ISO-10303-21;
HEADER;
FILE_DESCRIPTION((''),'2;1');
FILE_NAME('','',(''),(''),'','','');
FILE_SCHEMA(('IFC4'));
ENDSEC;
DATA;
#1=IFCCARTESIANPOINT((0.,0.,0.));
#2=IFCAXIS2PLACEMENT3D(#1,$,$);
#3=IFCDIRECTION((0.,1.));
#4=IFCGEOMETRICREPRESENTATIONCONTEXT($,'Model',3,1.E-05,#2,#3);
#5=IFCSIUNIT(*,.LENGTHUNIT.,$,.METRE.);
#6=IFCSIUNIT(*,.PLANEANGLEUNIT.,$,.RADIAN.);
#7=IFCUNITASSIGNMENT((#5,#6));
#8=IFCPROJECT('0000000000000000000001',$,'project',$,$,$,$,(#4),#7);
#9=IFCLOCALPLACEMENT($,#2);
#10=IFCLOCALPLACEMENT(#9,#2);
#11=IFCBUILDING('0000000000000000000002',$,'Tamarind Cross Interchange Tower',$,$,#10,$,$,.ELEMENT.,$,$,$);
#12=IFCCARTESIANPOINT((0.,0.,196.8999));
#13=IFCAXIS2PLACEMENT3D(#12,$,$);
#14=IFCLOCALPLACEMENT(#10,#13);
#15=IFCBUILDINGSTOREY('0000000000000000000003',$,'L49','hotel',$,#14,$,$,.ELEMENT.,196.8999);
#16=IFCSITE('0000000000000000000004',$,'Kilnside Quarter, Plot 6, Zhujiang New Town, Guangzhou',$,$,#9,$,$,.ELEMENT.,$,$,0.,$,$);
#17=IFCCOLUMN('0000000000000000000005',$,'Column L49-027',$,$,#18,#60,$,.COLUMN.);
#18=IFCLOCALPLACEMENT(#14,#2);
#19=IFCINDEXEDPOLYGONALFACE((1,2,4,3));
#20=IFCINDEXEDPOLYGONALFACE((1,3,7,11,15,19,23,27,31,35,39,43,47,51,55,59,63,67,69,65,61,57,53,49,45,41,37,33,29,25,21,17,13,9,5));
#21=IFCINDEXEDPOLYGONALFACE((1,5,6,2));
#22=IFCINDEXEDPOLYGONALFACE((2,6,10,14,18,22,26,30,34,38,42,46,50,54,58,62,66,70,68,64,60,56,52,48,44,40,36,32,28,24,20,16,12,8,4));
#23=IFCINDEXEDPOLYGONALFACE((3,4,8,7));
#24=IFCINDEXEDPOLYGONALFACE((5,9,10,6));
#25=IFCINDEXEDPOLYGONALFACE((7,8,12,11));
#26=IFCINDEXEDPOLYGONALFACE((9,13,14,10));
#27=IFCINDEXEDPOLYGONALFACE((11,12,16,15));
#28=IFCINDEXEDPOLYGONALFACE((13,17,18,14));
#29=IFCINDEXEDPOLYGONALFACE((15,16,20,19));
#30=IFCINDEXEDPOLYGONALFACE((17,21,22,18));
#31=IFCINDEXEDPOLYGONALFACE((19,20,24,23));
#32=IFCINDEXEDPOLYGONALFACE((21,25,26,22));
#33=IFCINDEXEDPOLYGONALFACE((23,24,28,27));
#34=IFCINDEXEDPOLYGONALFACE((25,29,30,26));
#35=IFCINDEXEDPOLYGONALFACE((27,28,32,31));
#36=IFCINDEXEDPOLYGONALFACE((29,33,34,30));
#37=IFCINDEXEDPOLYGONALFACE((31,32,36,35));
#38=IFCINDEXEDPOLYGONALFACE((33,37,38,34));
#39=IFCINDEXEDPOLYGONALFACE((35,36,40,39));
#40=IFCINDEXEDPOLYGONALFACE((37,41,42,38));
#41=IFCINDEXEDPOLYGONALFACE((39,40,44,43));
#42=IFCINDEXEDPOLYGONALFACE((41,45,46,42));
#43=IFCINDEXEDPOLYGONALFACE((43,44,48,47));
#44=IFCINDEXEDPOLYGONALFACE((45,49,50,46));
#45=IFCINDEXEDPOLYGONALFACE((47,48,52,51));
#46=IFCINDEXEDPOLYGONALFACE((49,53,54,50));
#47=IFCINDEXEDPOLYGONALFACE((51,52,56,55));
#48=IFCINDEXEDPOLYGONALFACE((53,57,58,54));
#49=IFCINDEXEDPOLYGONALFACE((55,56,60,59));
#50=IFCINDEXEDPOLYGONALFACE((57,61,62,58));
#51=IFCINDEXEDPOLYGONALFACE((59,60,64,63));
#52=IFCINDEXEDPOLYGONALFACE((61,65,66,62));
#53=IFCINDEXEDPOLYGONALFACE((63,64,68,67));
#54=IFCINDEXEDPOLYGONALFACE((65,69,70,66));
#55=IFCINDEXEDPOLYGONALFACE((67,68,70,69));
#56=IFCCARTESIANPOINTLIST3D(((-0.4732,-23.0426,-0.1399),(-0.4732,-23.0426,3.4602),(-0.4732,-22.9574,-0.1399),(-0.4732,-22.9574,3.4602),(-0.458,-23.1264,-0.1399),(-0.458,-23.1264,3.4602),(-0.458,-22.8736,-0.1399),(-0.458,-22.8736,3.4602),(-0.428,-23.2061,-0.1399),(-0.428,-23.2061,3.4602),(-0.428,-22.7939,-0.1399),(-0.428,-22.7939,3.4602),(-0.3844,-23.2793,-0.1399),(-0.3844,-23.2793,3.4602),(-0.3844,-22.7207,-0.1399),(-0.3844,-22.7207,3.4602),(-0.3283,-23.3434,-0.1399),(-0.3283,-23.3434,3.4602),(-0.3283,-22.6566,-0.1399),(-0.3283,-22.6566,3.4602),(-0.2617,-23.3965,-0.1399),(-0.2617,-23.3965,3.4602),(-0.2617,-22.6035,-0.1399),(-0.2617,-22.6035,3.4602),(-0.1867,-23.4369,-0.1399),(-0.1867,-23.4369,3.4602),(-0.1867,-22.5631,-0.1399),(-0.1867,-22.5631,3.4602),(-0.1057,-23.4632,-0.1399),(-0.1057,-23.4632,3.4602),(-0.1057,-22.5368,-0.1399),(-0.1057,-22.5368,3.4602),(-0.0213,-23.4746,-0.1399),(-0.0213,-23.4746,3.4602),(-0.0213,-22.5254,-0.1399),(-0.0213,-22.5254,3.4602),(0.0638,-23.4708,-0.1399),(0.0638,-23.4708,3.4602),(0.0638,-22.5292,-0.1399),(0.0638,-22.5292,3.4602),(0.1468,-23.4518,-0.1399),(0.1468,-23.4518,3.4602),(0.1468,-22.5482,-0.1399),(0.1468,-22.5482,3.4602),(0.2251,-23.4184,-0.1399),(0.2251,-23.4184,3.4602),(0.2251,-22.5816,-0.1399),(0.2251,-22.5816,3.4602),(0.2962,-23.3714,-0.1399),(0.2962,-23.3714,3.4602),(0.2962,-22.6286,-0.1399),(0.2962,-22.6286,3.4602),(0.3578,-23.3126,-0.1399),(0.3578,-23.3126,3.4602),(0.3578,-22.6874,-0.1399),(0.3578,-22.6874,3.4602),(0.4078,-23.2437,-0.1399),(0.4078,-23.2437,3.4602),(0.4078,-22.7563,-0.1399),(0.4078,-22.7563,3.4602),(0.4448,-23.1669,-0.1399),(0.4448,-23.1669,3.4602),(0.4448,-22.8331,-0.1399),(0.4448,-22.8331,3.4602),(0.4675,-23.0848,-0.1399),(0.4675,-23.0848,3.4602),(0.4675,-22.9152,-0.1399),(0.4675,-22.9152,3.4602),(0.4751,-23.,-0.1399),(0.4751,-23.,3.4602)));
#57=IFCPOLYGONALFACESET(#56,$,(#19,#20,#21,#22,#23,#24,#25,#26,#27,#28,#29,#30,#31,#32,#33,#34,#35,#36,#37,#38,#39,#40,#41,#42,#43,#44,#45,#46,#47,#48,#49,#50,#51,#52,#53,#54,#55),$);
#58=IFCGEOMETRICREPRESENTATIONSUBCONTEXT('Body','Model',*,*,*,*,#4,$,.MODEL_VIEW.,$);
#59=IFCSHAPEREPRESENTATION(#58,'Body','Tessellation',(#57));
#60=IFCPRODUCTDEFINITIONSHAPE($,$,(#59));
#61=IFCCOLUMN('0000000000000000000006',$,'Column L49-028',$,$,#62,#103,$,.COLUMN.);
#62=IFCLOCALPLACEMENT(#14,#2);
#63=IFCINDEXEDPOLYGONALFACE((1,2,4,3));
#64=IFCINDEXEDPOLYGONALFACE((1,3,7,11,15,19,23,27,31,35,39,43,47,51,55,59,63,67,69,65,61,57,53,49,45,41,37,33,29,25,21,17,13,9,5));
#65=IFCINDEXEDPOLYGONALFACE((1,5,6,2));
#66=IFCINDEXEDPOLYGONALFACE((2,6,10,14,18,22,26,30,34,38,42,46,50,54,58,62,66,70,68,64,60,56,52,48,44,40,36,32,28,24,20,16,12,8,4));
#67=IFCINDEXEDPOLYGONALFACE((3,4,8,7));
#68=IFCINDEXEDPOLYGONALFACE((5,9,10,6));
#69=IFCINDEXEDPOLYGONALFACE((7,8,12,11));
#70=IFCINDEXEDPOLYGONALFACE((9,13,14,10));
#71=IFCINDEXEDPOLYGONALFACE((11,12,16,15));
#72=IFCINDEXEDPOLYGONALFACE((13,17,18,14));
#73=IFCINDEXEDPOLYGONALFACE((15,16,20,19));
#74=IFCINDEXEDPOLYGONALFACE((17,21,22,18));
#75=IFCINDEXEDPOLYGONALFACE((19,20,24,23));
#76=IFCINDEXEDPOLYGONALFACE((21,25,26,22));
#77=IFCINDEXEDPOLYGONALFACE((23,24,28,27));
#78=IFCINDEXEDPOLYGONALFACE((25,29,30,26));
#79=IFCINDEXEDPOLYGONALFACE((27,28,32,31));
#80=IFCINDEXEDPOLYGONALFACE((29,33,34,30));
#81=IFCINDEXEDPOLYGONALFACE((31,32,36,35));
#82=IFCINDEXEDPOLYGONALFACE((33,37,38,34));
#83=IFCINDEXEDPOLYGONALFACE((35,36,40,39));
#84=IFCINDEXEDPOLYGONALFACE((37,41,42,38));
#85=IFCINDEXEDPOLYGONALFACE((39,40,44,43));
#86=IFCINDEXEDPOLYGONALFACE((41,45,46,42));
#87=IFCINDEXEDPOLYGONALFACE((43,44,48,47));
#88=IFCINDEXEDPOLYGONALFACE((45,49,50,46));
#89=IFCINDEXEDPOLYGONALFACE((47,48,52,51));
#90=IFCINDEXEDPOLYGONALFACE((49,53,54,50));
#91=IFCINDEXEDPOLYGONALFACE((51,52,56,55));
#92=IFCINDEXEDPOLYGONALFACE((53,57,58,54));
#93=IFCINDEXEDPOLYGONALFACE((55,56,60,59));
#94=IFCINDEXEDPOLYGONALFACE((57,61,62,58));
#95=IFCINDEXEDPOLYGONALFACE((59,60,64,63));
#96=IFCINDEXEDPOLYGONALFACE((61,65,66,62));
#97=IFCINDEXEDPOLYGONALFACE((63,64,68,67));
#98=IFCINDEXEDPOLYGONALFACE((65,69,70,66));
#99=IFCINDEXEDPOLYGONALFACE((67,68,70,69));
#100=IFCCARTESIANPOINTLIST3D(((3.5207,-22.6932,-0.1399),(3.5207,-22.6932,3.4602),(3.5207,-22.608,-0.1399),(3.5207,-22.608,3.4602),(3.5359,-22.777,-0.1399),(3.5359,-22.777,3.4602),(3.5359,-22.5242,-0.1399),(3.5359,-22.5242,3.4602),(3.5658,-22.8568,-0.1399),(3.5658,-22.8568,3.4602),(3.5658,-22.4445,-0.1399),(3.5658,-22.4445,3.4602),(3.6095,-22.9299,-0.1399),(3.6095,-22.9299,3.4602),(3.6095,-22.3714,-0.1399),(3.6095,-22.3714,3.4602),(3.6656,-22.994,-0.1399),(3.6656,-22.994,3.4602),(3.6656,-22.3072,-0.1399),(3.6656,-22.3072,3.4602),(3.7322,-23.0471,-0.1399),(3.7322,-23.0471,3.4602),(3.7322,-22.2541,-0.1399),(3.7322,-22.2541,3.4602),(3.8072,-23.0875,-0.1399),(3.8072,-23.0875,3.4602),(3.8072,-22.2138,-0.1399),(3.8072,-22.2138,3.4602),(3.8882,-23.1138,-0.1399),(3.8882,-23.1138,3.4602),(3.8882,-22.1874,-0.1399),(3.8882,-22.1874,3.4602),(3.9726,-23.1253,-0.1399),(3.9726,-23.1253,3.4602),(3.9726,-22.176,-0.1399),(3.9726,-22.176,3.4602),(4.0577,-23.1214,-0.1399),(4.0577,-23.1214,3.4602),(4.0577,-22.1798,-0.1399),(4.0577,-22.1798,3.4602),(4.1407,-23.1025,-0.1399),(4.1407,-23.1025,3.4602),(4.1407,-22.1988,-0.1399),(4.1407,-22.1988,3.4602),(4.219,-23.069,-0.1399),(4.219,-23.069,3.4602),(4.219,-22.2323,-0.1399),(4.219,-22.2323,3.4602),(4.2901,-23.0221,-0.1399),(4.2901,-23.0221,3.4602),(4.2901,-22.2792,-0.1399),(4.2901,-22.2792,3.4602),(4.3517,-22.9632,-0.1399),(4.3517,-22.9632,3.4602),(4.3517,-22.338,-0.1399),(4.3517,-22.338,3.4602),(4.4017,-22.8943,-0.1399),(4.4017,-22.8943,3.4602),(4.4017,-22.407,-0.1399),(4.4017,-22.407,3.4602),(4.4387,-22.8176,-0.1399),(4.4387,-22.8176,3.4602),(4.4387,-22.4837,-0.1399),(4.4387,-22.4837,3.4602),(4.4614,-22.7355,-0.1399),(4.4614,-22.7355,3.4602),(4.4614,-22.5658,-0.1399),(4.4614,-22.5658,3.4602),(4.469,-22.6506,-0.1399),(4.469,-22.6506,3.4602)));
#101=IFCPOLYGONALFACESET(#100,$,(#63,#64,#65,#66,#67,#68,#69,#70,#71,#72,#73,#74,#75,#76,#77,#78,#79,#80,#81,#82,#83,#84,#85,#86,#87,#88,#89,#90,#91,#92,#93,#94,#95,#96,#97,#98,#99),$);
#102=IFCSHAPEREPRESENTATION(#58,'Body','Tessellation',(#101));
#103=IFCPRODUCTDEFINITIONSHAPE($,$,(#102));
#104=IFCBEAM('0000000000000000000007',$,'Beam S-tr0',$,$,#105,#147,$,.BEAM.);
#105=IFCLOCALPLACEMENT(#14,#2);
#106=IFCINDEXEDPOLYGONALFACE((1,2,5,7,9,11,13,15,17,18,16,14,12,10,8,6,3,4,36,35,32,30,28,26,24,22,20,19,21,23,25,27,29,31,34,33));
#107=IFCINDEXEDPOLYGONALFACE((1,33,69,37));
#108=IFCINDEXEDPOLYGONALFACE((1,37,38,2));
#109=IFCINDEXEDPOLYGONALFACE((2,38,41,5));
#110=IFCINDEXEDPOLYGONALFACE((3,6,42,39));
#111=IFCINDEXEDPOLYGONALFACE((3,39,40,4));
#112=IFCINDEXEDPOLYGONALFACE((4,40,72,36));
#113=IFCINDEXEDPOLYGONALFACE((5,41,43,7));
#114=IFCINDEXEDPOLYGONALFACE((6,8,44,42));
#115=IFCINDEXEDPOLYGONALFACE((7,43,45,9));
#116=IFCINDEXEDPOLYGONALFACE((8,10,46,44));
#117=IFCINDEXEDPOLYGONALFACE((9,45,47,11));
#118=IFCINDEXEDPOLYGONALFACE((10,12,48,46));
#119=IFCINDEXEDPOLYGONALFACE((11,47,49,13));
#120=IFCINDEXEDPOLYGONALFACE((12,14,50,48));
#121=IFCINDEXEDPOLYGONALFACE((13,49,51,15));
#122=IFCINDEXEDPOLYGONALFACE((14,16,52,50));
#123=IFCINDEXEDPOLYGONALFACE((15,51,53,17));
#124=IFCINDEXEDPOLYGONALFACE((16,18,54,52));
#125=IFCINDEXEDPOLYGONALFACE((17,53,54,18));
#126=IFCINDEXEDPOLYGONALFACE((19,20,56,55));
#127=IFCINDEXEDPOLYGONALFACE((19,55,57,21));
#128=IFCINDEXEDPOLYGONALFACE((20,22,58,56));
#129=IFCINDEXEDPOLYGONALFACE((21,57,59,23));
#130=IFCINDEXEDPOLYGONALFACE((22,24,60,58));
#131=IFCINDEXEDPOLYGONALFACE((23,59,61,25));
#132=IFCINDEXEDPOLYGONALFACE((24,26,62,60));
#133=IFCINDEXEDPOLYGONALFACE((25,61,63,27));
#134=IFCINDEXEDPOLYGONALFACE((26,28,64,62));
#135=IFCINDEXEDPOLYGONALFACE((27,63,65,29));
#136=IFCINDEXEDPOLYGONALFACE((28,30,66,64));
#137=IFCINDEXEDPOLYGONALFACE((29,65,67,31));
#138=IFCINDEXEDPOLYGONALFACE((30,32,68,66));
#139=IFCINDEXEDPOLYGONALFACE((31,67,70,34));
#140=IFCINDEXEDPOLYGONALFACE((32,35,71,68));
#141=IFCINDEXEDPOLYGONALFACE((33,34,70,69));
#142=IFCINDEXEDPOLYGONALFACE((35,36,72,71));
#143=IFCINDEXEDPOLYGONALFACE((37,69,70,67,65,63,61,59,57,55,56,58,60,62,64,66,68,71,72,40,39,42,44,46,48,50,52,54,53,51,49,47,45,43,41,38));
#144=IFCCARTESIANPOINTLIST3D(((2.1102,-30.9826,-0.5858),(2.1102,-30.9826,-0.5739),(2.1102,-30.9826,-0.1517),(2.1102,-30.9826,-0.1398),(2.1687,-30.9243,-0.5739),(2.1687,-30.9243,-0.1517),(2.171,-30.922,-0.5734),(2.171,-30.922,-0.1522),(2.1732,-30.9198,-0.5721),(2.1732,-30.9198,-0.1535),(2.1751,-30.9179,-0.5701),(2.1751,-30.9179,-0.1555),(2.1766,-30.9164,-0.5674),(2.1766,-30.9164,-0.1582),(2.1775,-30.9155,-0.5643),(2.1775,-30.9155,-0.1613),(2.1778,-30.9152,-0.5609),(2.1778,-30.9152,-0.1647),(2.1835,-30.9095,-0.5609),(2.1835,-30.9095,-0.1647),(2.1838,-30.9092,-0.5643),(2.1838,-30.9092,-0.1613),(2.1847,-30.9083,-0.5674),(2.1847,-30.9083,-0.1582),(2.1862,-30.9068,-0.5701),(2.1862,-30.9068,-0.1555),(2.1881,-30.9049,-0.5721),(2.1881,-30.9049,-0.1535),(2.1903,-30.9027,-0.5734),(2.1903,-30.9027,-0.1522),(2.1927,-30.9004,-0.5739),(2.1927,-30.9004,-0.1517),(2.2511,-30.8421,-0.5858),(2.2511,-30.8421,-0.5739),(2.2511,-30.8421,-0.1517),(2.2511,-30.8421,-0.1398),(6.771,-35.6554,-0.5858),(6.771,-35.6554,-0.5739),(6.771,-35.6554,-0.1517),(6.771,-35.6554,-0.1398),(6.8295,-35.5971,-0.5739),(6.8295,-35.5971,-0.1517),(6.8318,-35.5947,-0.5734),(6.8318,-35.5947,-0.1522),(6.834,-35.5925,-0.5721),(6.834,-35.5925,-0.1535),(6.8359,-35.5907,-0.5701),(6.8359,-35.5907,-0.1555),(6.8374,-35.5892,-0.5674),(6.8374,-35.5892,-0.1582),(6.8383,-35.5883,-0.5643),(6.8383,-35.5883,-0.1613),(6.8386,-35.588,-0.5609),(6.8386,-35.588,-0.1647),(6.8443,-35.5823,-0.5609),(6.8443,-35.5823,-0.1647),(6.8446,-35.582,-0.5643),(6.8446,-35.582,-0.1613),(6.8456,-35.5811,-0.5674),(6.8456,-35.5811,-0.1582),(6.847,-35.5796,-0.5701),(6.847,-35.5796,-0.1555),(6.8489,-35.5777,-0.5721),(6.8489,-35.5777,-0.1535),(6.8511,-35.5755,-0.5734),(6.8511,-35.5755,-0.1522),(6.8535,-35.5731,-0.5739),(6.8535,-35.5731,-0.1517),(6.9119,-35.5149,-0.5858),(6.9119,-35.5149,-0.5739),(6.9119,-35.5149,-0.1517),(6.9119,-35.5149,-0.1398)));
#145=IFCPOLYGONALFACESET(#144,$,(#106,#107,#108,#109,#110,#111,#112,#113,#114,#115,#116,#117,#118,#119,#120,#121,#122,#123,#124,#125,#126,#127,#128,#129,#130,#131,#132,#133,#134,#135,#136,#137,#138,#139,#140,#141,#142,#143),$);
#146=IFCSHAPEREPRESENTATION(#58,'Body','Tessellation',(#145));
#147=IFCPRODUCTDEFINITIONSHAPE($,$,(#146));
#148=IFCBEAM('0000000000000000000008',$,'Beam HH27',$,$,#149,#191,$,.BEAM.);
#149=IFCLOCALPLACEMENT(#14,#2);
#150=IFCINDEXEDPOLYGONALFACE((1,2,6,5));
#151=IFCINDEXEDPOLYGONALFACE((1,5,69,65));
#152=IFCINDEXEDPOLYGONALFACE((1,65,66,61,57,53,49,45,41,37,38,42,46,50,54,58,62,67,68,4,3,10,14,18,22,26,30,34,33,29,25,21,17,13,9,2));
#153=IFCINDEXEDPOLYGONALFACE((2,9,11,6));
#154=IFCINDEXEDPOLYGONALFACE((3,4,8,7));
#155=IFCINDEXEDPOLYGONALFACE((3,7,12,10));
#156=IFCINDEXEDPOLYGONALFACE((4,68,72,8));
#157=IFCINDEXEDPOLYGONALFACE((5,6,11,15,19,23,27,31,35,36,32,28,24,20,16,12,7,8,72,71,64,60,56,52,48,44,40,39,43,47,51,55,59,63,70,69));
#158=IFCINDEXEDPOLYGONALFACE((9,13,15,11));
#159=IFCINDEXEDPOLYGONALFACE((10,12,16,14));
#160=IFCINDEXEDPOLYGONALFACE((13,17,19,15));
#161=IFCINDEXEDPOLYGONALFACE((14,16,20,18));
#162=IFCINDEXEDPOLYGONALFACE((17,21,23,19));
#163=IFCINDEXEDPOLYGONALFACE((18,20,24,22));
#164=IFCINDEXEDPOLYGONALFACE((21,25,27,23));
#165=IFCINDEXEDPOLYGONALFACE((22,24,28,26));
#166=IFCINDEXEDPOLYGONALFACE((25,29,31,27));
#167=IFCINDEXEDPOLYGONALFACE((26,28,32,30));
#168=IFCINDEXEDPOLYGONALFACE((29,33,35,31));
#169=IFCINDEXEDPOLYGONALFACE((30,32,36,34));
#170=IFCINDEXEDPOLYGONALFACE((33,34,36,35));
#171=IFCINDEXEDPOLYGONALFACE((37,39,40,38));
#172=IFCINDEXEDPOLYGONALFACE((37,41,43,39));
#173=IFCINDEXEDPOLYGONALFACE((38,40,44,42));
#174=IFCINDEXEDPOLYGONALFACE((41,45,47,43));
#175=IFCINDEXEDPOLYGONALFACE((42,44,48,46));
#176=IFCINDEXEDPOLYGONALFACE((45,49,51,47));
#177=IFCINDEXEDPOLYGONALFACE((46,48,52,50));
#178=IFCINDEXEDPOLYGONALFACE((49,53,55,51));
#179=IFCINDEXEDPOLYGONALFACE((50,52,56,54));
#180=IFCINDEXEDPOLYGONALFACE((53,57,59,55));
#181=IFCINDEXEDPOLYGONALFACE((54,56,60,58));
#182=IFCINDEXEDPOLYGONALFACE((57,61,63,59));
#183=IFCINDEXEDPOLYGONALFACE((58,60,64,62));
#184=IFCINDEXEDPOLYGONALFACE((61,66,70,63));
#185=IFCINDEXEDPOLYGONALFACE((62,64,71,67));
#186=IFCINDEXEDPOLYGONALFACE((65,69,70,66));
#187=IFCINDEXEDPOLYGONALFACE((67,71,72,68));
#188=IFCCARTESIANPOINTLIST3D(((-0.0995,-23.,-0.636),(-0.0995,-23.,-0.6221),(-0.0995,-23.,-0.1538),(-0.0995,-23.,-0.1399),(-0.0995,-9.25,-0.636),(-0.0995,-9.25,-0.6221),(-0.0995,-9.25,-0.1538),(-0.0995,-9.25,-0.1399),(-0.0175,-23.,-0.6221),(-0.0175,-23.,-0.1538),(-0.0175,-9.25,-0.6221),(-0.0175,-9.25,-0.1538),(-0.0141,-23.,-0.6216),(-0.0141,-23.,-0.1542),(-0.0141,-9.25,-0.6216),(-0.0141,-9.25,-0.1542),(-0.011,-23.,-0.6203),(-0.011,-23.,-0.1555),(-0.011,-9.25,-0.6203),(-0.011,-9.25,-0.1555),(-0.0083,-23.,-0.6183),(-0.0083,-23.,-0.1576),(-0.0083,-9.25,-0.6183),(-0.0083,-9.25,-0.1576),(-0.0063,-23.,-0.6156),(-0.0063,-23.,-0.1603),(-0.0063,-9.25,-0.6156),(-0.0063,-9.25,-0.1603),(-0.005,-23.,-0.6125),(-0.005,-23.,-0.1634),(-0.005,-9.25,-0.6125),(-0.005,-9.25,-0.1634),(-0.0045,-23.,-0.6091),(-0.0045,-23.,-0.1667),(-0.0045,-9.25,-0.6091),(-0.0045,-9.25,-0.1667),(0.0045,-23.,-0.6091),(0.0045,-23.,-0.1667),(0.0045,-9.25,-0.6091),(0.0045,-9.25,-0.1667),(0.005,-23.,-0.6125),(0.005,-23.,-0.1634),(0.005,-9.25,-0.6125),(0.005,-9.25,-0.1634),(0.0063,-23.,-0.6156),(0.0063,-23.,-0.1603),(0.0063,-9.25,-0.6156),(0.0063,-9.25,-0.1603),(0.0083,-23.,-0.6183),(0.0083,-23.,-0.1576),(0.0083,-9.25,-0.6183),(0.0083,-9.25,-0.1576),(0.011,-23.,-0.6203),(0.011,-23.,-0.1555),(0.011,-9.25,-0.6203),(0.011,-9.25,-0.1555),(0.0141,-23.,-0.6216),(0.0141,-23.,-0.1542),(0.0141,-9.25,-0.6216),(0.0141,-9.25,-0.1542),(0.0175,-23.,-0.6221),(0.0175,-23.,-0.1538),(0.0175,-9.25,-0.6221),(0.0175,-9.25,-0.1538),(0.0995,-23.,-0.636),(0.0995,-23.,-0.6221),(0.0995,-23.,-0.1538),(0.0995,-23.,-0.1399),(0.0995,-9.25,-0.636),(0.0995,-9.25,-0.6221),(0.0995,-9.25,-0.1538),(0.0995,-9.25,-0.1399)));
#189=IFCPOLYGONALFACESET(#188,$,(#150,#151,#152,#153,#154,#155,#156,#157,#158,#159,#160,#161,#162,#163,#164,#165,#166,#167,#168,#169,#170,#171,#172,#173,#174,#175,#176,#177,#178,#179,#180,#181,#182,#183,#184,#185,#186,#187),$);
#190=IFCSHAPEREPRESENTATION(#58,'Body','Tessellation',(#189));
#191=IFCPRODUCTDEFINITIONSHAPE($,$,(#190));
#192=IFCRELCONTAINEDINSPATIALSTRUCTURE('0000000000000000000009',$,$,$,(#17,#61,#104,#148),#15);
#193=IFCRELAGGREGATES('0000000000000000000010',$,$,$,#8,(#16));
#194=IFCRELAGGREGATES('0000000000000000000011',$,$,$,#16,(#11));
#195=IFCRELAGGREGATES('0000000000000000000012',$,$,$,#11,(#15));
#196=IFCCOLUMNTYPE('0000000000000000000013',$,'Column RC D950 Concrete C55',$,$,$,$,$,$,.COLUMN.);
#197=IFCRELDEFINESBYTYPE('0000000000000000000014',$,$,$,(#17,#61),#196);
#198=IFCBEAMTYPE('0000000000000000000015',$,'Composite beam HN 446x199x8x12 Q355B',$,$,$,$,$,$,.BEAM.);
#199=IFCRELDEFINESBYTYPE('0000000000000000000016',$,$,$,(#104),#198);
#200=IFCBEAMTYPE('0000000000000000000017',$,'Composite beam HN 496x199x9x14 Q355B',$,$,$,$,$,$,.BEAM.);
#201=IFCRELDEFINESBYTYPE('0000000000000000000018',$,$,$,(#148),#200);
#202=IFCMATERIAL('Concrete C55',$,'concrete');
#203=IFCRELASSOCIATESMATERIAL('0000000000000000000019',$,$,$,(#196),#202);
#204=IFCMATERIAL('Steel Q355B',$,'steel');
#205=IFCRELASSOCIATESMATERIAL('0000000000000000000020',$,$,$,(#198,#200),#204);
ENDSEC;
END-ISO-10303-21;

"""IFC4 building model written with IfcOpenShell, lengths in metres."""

from ifc_helpers import new_model, si_unit, direction, frame, origin, origin_2d, place, context, subcontext, project, spatial, circle, i_section, extrude, material, material_profile, profile_set, type_object, element, save


model = new_model("IFC4")

# Units and contexts
model_context = context("Model", 3, precision=1e-05, world=origin(), true_north=direction((0.0, 1.0)))
body_context = subcontext(model_context, "Body", "Model", "MODEL_VIEW")
ifc_project = project(units=[si_unit("LENGTHUNIT", "METRE"), si_unit("PLANEANGLEUNIT", "RADIAN")], contexts=[model_context])

# Site, building, storey
site_placement = place(None, origin())
site = spatial("IfcSite", under=ifc_project, at=site_placement, Name="Kilnside Quarter, Plot 6, Zhujiang New Town, Guangzhou", CompositionType="ELEMENT", RefElevation=0.0)
building_placement = place(site_placement, origin())
building = spatial("IfcBuilding", under=site, at=building_placement, Name="Tamarind Cross Interchange Tower", CompositionType="ELEMENT")
storey_placement = place(building_placement, frame((0.0, 0.0, 196.8999)))
storey = spatial("IfcBuildingStorey", under=building, at=storey_placement, Name="L49", Description="hotel", CompositionType="ELEMENT", Elevation=196.8999)

# Columns
ifc_material_1 = material(Name="Concrete C55", Category="concrete")
ifc_material_profile_1 = material_profile(ifc_material_1, circle(Radius=0.4751, at=origin_2d()), Name="RC D950")
ifc_profile_set_1 = profile_set([ifc_material_profile_1], Name="Concrete C55")
column_type = type_object("IfcColumnType", Name="Column RC D950 Concrete C55", PredefinedType="COLUMN", material=ifc_profile_set_1)
for number, where, z_axis, x_axis, name in (
    (1, (0.0, -23.0, -0.1399), (0.0, 0.0, 1.0), (1.0, 0.0, 0.0), "Column L49-027"),
    (2, (3.9939, -22.6506, -0.1399), (0.0, 0.0, 1.0), (1.0, 0.0, 0.0), "Column L49-028"),
):
    element("IfcColumn", number, at=place(storey_placement, frame(where, z_axis=z_axis, x_axis=x_axis)), inside=storey, type_object=column_type, Name=name, PredefinedType="COLUMN", context=body_context, shape_type="SweptSolid", body=[
        extrude(circle(Radius=0.4751, at=origin_2d()), origin(), (0.0, 0.0, 1.0), 3.6001),
    ])

# Beams
ifc_material_2 = material(Name="Steel Q355B", Category="steel")
ifc_material_profile_2 = material_profile(ifc_material_2, i_section(OverallWidth=0.199, OverallDepth=0.446, WebThickness=0.0081, FlangeThickness=0.012, FilletRadius=0.0129, at=origin_2d()), Name="HN 446x199x8x12")
ifc_profile_set_2 = profile_set([ifc_material_profile_2], Name="Steel Q355B")
beam_type_1 = type_object("IfcBeamType", Name="Composite beam HN 446x199x8x12 Q355B", PredefinedType="BEAM", material=ifc_profile_set_2)
beam_1_placement = place(storey_placement, frame((2.1807, -30.9124, -0.3628), z_axis=(0.7062, -0.708012, 0.0), x_axis=(0.708012, 0.7062, 0.0)))
element("IfcBeam", 3, at=beam_1_placement, inside=storey, type_object=beam_type_1, Name="Beam S-tr0", PredefinedType="BEAM", context=body_context, shape_type="SweptSolid", body=[
    extrude(i_section(OverallWidth=0.199, OverallDepth=0.446, WebThickness=0.0081, FlangeThickness=0.012, FilletRadius=0.0129, at=origin_2d()), origin(), (0.0, 0.0, 1.0), 6.5999),
])
ifc_material_profile_3 = material_profile(ifc_material_2, i_section(OverallWidth=0.199, OverallDepth=0.4961, WebThickness=0.009, FlangeThickness=0.0139, FilletRadius=0.0129, at=origin_2d()), Name="HN 496x199x9x14")
ifc_profile_set_3 = profile_set([ifc_material_profile_3], Name="Steel Q355B")
beam_type_2 = type_object("IfcBeamType", Name="Composite beam HN 496x199x9x14 Q355B", PredefinedType="BEAM", material=ifc_profile_set_3)
beam_2_placement = place(storey_placement, frame((0.0, -23.0, -0.3879), z_axis=(0.0, 1.0, 0.0), x_axis=(-1.0, 0.0, 0.0)))
element("IfcBeam", 4, at=beam_2_placement, inside=storey, type_object=beam_type_2, Name="Beam HH27", PredefinedType="BEAM", context=body_context, shape_type="SweptSolid", body=[
    extrude(i_section(OverallWidth=0.199, OverallDepth=0.4961, WebThickness=0.009, FlangeThickness=0.0139, FilletRadius=0.0129, at=origin_2d()), origin(), (0.0, 0.0, 1.0), 13.75),
])

save(model, "model.ifc")
